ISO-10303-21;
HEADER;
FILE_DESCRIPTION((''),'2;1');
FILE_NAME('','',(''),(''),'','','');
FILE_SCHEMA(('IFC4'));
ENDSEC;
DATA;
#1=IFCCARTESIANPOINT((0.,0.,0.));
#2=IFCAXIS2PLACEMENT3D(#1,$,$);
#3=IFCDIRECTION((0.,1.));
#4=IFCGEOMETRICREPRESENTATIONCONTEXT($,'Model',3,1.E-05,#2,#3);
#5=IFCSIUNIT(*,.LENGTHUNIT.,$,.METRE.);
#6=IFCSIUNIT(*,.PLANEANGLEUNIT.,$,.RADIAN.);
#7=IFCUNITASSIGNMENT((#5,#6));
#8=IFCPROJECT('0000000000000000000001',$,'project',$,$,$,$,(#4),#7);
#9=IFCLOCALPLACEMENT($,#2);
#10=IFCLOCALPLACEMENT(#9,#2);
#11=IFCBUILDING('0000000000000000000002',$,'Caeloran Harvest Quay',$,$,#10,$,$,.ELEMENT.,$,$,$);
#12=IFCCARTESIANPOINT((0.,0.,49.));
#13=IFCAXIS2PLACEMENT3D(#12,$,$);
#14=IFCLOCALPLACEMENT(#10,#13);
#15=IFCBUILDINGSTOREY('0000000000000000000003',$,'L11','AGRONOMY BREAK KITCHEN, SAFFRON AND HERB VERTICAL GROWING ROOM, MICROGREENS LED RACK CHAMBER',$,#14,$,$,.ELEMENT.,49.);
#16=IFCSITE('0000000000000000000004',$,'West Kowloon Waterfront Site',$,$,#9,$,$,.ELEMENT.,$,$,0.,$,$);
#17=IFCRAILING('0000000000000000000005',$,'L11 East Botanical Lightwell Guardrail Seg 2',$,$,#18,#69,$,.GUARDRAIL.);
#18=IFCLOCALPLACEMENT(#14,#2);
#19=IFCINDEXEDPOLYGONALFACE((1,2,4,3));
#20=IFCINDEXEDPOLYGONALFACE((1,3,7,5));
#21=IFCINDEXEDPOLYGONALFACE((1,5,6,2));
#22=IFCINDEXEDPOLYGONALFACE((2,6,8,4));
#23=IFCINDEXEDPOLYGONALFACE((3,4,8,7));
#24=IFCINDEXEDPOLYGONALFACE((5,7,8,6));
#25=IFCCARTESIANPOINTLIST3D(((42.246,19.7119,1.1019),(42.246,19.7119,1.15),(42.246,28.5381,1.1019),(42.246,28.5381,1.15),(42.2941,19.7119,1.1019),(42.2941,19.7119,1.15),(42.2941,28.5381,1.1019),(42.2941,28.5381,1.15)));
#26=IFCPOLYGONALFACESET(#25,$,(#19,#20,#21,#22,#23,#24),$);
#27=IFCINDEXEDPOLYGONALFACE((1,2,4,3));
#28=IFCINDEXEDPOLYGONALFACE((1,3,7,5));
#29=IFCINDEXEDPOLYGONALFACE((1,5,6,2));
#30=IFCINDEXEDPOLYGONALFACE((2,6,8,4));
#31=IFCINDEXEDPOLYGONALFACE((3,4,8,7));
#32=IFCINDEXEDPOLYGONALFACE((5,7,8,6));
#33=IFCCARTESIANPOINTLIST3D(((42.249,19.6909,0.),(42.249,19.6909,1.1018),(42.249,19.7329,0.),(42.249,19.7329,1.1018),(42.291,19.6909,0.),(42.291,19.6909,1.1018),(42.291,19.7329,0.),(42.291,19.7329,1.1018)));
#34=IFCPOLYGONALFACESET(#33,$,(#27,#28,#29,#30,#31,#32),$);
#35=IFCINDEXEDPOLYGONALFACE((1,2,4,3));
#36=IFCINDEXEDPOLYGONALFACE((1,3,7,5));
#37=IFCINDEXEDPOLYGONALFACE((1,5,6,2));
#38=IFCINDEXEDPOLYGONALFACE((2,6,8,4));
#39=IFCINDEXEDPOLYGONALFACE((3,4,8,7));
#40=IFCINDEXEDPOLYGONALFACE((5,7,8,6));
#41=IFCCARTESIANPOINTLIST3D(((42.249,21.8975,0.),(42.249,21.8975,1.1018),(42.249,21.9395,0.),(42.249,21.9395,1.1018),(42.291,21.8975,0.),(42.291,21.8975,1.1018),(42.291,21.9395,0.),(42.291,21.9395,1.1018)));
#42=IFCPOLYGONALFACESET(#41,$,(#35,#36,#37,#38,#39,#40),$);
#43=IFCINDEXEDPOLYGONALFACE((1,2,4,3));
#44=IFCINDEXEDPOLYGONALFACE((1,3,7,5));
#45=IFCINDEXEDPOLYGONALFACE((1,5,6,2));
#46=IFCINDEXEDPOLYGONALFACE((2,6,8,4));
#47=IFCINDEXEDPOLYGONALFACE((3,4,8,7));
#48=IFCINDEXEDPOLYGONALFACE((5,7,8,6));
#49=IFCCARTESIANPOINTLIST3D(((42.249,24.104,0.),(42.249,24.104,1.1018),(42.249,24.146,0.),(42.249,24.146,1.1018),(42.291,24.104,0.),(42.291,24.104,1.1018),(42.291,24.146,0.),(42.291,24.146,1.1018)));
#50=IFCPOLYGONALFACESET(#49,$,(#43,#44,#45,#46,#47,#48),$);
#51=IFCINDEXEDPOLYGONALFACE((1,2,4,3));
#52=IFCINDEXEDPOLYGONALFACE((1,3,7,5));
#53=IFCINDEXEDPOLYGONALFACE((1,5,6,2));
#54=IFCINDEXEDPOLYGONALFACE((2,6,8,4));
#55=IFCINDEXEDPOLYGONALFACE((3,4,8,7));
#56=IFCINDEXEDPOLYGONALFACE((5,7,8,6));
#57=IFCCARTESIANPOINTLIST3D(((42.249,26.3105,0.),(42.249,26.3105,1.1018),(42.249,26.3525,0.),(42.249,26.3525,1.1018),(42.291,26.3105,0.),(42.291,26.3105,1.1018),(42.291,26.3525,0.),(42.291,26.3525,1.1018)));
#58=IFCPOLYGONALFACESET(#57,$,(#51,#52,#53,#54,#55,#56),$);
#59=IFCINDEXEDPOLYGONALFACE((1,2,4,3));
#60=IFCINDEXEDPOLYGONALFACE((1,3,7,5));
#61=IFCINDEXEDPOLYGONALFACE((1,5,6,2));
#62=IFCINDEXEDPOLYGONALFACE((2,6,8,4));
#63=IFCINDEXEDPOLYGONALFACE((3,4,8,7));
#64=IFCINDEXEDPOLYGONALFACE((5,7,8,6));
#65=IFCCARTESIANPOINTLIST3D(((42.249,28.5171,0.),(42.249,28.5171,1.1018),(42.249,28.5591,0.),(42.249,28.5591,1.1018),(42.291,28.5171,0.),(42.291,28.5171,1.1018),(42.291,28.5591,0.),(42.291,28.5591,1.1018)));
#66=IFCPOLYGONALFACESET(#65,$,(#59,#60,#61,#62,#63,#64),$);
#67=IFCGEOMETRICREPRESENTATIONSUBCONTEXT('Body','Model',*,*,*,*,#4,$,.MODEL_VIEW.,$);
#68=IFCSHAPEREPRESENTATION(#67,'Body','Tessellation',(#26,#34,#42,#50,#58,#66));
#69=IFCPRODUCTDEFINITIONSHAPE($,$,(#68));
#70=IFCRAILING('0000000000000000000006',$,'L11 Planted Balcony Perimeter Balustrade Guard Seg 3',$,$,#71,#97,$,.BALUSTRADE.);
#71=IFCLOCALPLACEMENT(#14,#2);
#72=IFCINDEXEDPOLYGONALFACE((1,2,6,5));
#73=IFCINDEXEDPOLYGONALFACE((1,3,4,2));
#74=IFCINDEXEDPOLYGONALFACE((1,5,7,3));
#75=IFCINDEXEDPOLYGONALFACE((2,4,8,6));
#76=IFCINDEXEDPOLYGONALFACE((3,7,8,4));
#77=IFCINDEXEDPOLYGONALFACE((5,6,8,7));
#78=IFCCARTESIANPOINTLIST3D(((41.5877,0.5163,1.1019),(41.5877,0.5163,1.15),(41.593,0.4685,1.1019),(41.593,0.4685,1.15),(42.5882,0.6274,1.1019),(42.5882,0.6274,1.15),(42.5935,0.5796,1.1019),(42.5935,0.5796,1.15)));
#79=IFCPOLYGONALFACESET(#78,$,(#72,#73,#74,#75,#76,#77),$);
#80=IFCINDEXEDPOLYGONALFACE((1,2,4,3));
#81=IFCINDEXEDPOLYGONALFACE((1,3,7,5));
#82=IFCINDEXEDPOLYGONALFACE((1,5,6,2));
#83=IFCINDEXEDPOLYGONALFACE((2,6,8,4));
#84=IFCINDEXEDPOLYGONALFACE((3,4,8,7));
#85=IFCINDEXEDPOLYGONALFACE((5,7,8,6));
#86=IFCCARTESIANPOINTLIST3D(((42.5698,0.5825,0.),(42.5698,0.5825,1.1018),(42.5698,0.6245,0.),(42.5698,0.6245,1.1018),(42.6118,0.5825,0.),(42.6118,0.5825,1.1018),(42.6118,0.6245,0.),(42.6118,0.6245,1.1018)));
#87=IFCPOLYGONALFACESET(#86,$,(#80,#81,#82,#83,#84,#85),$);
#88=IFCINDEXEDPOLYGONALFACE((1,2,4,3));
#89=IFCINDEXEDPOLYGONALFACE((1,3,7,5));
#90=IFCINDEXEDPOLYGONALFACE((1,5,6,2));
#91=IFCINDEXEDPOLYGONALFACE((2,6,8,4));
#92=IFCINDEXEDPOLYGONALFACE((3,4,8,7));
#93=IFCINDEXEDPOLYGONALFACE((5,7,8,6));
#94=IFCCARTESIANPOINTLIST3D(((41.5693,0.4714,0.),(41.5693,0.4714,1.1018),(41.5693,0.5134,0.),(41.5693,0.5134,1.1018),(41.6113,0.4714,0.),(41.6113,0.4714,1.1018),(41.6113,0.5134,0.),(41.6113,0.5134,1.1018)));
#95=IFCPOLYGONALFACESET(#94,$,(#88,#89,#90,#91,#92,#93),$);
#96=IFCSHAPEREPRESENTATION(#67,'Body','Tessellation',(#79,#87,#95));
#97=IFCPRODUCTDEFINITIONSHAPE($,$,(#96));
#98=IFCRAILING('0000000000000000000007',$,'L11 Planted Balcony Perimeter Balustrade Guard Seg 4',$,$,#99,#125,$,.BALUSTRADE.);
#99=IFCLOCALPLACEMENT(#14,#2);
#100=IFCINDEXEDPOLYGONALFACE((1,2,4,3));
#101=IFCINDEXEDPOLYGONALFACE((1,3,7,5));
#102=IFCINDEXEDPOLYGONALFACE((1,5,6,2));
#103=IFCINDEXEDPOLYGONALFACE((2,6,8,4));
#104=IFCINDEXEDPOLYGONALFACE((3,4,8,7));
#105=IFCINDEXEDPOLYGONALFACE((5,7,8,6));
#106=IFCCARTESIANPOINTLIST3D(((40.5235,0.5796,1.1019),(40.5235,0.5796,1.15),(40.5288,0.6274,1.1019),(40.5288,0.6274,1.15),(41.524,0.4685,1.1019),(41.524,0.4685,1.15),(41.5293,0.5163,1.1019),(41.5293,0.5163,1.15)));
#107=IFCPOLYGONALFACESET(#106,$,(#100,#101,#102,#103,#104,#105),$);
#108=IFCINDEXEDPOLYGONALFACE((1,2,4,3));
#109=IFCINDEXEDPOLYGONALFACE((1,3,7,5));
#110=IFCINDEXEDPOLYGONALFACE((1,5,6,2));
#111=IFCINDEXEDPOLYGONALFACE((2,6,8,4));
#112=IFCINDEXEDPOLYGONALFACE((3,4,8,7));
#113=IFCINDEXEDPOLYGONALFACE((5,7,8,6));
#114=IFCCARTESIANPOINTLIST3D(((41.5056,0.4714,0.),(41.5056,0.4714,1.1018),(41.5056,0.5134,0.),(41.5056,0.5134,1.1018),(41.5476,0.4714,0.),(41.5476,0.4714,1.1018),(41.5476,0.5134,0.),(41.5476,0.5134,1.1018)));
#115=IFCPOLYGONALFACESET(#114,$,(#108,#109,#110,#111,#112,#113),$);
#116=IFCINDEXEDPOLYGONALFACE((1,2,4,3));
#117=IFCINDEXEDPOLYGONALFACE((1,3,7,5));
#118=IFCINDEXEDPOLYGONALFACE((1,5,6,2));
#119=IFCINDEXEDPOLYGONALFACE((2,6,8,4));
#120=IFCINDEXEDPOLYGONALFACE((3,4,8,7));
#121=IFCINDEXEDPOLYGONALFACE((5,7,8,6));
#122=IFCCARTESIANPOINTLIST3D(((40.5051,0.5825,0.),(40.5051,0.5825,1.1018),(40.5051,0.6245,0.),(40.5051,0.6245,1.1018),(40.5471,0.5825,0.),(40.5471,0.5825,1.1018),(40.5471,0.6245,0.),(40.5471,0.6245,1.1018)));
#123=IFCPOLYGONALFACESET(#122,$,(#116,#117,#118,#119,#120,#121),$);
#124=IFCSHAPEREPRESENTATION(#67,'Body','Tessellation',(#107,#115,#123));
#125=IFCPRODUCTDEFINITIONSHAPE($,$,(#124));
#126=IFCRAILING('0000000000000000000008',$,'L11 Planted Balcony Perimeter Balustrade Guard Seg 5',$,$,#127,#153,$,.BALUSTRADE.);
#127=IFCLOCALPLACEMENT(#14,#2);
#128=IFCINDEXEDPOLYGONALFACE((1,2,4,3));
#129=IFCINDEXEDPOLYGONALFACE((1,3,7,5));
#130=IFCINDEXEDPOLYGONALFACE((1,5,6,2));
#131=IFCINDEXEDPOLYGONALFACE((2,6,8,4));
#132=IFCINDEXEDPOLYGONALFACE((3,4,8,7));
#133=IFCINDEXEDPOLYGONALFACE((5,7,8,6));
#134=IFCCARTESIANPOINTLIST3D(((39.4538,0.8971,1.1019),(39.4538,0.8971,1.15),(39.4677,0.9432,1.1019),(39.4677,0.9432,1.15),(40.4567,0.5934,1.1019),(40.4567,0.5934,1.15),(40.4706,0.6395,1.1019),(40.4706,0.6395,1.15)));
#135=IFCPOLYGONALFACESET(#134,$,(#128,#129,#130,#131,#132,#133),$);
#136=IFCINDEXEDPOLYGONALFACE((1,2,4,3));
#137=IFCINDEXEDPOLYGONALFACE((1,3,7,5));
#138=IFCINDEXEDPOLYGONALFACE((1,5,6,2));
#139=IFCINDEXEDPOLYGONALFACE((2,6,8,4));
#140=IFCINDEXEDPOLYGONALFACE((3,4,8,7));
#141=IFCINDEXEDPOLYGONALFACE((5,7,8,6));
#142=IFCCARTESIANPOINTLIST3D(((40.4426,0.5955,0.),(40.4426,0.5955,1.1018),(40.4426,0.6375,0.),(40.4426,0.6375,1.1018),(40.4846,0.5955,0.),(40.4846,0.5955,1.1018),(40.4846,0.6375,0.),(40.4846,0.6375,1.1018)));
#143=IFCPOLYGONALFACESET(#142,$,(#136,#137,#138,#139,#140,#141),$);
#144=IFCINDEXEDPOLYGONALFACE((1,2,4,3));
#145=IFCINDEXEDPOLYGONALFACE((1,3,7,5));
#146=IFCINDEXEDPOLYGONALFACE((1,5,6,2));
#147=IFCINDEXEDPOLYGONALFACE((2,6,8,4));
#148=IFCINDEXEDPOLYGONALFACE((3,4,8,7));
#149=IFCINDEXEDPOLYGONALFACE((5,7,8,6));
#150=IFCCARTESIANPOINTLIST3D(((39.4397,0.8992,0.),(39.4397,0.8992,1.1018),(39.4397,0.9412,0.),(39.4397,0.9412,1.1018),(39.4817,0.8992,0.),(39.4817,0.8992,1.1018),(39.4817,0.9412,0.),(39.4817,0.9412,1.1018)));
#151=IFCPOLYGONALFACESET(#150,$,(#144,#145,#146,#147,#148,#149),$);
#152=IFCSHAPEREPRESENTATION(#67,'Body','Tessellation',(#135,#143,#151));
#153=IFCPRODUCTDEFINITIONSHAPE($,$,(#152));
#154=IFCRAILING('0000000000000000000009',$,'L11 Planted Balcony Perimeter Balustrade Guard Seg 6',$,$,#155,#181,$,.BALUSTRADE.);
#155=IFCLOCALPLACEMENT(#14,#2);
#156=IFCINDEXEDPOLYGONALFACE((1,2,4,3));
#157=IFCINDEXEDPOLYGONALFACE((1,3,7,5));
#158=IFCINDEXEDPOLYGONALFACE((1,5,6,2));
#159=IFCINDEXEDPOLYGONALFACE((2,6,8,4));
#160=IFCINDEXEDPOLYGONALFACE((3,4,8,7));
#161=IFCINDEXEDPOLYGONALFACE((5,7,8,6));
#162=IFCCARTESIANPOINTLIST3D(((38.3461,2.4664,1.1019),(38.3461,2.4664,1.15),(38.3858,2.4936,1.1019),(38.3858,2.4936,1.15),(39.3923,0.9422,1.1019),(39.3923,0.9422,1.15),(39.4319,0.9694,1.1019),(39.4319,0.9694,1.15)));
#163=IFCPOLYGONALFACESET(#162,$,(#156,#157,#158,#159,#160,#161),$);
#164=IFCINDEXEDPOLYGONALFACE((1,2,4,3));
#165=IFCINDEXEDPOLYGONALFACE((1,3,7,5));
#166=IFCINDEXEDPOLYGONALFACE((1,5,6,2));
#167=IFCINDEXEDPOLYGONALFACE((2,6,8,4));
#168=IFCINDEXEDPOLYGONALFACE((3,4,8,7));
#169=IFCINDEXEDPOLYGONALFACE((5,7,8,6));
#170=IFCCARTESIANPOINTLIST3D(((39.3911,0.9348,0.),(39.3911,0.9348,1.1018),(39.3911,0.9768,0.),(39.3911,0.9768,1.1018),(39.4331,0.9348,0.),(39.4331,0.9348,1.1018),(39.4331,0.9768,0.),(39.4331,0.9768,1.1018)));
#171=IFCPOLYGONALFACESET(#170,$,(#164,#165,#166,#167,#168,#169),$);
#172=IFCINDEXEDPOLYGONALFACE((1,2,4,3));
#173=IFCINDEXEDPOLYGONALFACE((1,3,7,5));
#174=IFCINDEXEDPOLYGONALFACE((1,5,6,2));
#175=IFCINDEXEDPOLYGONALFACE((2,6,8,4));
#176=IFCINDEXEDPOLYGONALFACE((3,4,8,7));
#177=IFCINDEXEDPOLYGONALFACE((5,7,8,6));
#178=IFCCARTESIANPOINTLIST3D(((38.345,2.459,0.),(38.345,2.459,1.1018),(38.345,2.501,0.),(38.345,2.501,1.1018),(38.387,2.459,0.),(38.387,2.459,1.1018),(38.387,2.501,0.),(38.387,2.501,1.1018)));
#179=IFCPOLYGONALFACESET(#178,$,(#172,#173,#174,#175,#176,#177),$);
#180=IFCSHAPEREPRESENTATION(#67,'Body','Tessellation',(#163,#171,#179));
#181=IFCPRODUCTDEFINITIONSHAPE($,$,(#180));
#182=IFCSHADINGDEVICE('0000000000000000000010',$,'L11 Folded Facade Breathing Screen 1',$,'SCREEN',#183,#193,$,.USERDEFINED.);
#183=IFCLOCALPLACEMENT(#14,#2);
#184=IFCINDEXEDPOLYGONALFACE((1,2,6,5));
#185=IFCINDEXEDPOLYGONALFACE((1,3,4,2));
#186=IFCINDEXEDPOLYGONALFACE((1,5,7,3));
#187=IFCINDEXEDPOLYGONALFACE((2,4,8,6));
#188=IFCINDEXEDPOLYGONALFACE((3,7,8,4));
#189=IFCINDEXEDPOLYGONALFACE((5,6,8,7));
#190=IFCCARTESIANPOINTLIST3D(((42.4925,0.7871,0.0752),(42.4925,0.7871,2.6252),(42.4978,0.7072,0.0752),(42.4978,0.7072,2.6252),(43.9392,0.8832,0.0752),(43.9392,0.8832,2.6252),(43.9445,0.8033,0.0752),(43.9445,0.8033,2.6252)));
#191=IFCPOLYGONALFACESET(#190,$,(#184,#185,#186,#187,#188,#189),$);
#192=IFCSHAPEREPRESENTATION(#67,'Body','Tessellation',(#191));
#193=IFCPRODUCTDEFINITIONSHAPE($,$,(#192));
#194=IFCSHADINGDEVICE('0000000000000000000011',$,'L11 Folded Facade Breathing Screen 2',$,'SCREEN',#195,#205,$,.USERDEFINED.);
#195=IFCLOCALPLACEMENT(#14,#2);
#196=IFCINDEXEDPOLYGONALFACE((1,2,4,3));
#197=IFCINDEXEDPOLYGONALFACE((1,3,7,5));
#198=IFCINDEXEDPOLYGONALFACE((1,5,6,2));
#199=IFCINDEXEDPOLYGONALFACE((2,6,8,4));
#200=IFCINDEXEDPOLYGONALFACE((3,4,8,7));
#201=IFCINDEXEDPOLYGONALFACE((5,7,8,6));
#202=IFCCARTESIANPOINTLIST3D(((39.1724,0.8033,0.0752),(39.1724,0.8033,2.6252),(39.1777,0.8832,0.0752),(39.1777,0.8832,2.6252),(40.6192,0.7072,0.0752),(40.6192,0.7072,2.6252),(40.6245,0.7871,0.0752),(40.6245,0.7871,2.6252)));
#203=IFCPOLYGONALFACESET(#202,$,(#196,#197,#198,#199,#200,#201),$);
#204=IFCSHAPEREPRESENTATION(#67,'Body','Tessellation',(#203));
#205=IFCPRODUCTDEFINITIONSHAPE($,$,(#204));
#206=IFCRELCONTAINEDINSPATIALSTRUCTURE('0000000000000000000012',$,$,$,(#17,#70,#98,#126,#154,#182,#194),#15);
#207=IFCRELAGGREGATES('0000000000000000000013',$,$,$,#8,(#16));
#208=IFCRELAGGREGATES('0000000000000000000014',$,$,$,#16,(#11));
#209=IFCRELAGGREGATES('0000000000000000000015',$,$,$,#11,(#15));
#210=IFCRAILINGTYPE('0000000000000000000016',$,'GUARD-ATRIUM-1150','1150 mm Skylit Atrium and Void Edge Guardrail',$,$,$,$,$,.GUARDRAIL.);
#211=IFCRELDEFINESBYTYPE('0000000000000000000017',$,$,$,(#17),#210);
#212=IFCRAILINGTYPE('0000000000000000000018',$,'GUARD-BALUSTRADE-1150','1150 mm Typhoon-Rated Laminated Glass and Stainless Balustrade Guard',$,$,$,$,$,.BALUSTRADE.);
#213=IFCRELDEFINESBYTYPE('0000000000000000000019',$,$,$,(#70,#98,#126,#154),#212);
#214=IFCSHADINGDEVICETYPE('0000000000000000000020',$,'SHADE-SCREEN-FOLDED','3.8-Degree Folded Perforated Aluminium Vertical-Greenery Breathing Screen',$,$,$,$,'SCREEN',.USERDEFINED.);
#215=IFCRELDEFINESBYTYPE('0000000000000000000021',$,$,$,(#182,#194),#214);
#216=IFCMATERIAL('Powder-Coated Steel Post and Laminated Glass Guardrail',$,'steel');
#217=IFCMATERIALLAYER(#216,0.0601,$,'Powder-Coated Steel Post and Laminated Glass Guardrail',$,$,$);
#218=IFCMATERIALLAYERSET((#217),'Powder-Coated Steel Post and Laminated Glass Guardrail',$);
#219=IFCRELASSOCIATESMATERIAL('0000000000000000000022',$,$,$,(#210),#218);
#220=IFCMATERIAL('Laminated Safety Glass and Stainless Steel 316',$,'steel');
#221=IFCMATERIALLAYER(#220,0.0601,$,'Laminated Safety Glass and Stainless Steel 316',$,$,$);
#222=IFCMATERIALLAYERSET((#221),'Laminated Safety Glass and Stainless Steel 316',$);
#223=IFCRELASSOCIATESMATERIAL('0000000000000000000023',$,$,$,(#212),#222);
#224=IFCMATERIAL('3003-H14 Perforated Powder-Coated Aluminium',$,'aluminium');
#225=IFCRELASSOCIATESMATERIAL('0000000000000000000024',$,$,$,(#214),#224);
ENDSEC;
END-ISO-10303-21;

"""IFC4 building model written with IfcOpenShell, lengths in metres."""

from ifc_helpers import new_model, si_unit, direction, frame, origin, origin_2d, place, context, subcontext, project, spatial, rectangle, extrude, material, layer, layer_set, type_object, element, save


model = new_model("IFC4")

# Units and contexts
model_context = context("Model", 3, precision=1e-05, world=origin(), true_north=direction((0.0, 1.0)))
body_context = subcontext(model_context, "Body", "Model", "MODEL_VIEW")
ifc_project = project(units=[si_unit("LENGTHUNIT", "METRE"), si_unit("PLANEANGLEUNIT", "RADIAN")], contexts=[model_context])

# Site, building, storey
site_placement = place(None, origin())
site = spatial("IfcSite", under=ifc_project, at=site_placement, Name="West Kowloon Waterfront Site", CompositionType="ELEMENT", RefElevation=0.0)
building_placement = place(site_placement, origin())
building = spatial("IfcBuilding", under=site, at=building_placement, Name="Caeloran Harvest Quay", CompositionType="ELEMENT")
storey_placement = place(building_placement, frame((0.0, 0.0, 49.0)))
storey = spatial("IfcBuildingStorey", under=building, at=storey_placement, Name="L11", Description="AGRONOMY BREAK KITCHEN, SAFFRON AND HERB VERTICAL GROWING ROOM, MICROGREENS LED RACK CHAMBER", CompositionType="ELEMENT", Elevation=49.0)

# Railings
ifc_material_1 = material(Name="Powder-Coated Steel Post and Laminated Glass Guardrail", Category="steel")
ifc_layer_1 = layer(ifc_material_1, 0.0601, Name="Powder-Coated Steel Post and Laminated Glass Guardrail")
ifc_layer_set_1 = layer_set([ifc_layer_1], Name="Powder-Coated Steel Post and Laminated Glass Guardrail")
railing_type_1 = type_object("IfcRailingType", Name="GUARD-ATRIUM-1150", Description="1150 mm Skylit Atrium and Void Edge Guardrail", PredefinedType="GUARDRAIL", material=ifc_layer_set_1)
railing_1_placement = place(storey_placement, frame((42.27, 19.7119, 0.0)))
element("IfcRailing", 1, at=railing_1_placement, inside=storey, type_object=railing_type_1, Name="L11 East Botanical Lightwell Guardrail Seg 2", PredefinedType="GUARDRAIL", context=body_context, shape_type="SweptSolid", body=[
    extrude(rectangle(XDim=0.0481, YDim=0.0481, at=origin_2d()), frame((0.0, 0.0, 1.126), z_axis=(0.0, 1.0, 0.0), x_axis=(-1.0, 0.0, 0.0)), (0.0, 0.0, 1.0), 8.8262),
    extrude(rectangle(XDim=0.042, YDim=0.042, at=origin_2d()), origin(), (0.0, 0.0, 1.0), 1.1018),
    extrude(rectangle(XDim=0.042, YDim=0.042, at=origin_2d()), frame((0.0, 2.2065, 0.0)), (0.0, 0.0, 1.0), 1.1018),
    extrude(rectangle(XDim=0.042, YDim=0.042, at=origin_2d()), frame((0.0, 4.4131, 0.0)), (0.0, 0.0, 1.0), 1.1018),
    extrude(rectangle(XDim=0.042, YDim=0.042, at=origin_2d()), frame((0.0, 6.6196, 0.0)), (0.0, 0.0, 1.0), 1.1018),
    extrude(rectangle(XDim=0.042, YDim=0.042, at=origin_2d()), frame((0.0, 8.8262, 0.0)), (0.0, 0.0, 1.0), 1.1018),
])
ifc_material_2 = material(Name="Laminated Safety Glass and Stainless Steel 316", Category="steel")
ifc_layer_2 = layer(ifc_material_2, 0.0601, Name="Laminated Safety Glass and Stainless Steel 316")
ifc_layer_set_2 = layer_set([ifc_layer_2], Name="Laminated Safety Glass and Stainless Steel 316")
railing_type_2 = type_object("IfcRailingType", Name="GUARD-BALUSTRADE-1150", Description="1150 mm Typhoon-Rated Laminated Glass and Stainless Balustrade Guard", PredefinedType="BALUSTRADE", material=ifc_layer_set_2)
railing_2_placement = place(storey_placement, frame((42.5908, 0.6035, 0.0)))
element("IfcRailing", 2, at=railing_2_placement, inside=storey, type_object=railing_type_2, Name="L11 Planted Balcony Perimeter Balustrade Guard Seg 3", PredefinedType="BALUSTRADE", context=body_context, shape_type="SweptSolid", body=[
    extrude(rectangle(XDim=0.0481, YDim=0.0481, at=origin_2d()), frame((0.0, 0.0, 1.126), z_axis=(-0.993893, -0.110352, 0.0), x_axis=(0.110352, -0.993893, 0.0)), (0.0, 0.0, 1.0), 1.0066),
    extrude(rectangle(XDim=0.042, YDim=0.042, at=origin_2d()), origin(), (0.0, 0.0, 1.0), 1.1018),
    extrude(rectangle(XDim=0.042, YDim=0.042, at=origin_2d()), frame((-1.0005, -0.1111, 0.0)), (0.0, 0.0, 1.0), 1.1018),
])
railing_3_placement = place(storey_placement, frame((41.5266, 0.4924, 0.0)))
element("IfcRailing", 3, at=railing_3_placement, inside=storey, type_object=railing_type_2, Name="L11 Planted Balcony Perimeter Balustrade Guard Seg 4", PredefinedType="BALUSTRADE", context=body_context, shape_type="SweptSolid", body=[
    extrude(rectangle(XDim=0.0481, YDim=0.0481, at=origin_2d()), frame((0.0, 0.0, 1.126), z_axis=(-0.993893, 0.110352, 0.0), x_axis=(-0.110352, -0.993893, 0.0)), (0.0, 0.0, 1.0), 1.0066),
    extrude(rectangle(XDim=0.042, YDim=0.042, at=origin_2d()), origin(), (0.0, 0.0, 1.0), 1.1018),
    extrude(rectangle(XDim=0.042, YDim=0.042, at=origin_2d()), frame((-1.0005, 0.1111, 0.0)), (0.0, 0.0, 1.0), 1.1018),
])
railing_4_placement = place(storey_placement, frame((40.4636, 0.6165, 0.0)))
element("IfcRailing", 4, at=railing_4_placement, inside=storey, type_object=railing_type_2, Name="L11 Planted Balcony Perimeter Balustrade Guard Seg 5", PredefinedType="BALUSTRADE", context=body_context, shape_type="SweptSolid", body=[
    extrude(rectangle(XDim=0.0481, YDim=0.0481, at=origin_2d()), frame((0.0, 0.0, 1.126), z_axis=(-0.957079, 0.289826, 0.0), x_axis=(-0.289826, -0.957079, 0.0)), (0.0, 0.0, 1.0), 1.0479),
    extrude(rectangle(XDim=0.042, YDim=0.042, at=origin_2d()), origin(), (0.0, 0.0, 1.0), 1.1018),
    extrude(rectangle(XDim=0.042, YDim=0.042, at=origin_2d()), frame((-1.0029, 0.3037, 0.0)), (0.0, 0.0, 1.0), 1.1018),
])
railing_5_placement = place(storey_placement, frame((39.4121, 0.9558, 0.0)))
element("IfcRailing", 5, at=railing_5_placement, inside=storey, type_object=railing_type_2, Name="L11 Planted Balcony Perimeter Balustrade Guard Seg 6", PredefinedType="BALUSTRADE", context=body_context, shape_type="SweptSolid", body=[
    extrude(rectangle(XDim=0.0481, YDim=0.0481, at=origin_2d()), frame((0.0, 0.0, 1.126), z_axis=(-0.565895, 0.824477, 0.0), x_axis=(-0.824477, -0.565895, 0.0)), (0.0, 0.0, 1.0), 1.8486),
    extrude(rectangle(XDim=0.042, YDim=0.042, at=origin_2d()), origin(), (0.0, 0.0, 1.0), 1.1018),
    extrude(rectangle(XDim=0.042, YDim=0.042, at=origin_2d()), frame((-1.0461, 1.5242, 0.0)), (0.0, 0.0, 1.0), 1.1018),
])

# Shading devices
ifc_material_3 = material(Name="3003-H14 Perforated Powder-Coated Aluminium", Category="aluminium")
shading_device_type = type_object("IfcShadingDeviceType", Name="SHADE-SCREEN-FOLDED", Description="3.8-Degree Folded Perforated Aluminium Vertical-Greenery Breathing Screen", ElementType="SCREEN", PredefinedType="USERDEFINED", material=ifc_material_3)
for number, where, z_axis, x_axis, name in (
    (6, (43.2185, 0.7952, 0.0752), (0.0, 0.0, 1.0), (0.997801, 0.066274, 0.0), "L11 Folded Facade Breathing Screen 1"),
    (7, (39.8984, 0.7952, 0.0752), (0.0, 0.0, 1.0), (0.997801, -0.066274, 0.0), "L11 Folded Facade Breathing Screen 2"),
):
    element("IfcShadingDevice", number, at=place(storey_placement, frame(where, z_axis=z_axis, x_axis=x_axis)), inside=storey, type_object=shading_device_type, Name=name, ObjectType="SCREEN", PredefinedType="USERDEFINED", context=body_context, shape_type="SweptSolid", body=[
        extrude(rectangle(XDim=1.45, YDim=0.0801, at=origin_2d()), origin(), (0.0, 0.0, 1.0), 2.55),
    ])

save(model, "model.ifc")
